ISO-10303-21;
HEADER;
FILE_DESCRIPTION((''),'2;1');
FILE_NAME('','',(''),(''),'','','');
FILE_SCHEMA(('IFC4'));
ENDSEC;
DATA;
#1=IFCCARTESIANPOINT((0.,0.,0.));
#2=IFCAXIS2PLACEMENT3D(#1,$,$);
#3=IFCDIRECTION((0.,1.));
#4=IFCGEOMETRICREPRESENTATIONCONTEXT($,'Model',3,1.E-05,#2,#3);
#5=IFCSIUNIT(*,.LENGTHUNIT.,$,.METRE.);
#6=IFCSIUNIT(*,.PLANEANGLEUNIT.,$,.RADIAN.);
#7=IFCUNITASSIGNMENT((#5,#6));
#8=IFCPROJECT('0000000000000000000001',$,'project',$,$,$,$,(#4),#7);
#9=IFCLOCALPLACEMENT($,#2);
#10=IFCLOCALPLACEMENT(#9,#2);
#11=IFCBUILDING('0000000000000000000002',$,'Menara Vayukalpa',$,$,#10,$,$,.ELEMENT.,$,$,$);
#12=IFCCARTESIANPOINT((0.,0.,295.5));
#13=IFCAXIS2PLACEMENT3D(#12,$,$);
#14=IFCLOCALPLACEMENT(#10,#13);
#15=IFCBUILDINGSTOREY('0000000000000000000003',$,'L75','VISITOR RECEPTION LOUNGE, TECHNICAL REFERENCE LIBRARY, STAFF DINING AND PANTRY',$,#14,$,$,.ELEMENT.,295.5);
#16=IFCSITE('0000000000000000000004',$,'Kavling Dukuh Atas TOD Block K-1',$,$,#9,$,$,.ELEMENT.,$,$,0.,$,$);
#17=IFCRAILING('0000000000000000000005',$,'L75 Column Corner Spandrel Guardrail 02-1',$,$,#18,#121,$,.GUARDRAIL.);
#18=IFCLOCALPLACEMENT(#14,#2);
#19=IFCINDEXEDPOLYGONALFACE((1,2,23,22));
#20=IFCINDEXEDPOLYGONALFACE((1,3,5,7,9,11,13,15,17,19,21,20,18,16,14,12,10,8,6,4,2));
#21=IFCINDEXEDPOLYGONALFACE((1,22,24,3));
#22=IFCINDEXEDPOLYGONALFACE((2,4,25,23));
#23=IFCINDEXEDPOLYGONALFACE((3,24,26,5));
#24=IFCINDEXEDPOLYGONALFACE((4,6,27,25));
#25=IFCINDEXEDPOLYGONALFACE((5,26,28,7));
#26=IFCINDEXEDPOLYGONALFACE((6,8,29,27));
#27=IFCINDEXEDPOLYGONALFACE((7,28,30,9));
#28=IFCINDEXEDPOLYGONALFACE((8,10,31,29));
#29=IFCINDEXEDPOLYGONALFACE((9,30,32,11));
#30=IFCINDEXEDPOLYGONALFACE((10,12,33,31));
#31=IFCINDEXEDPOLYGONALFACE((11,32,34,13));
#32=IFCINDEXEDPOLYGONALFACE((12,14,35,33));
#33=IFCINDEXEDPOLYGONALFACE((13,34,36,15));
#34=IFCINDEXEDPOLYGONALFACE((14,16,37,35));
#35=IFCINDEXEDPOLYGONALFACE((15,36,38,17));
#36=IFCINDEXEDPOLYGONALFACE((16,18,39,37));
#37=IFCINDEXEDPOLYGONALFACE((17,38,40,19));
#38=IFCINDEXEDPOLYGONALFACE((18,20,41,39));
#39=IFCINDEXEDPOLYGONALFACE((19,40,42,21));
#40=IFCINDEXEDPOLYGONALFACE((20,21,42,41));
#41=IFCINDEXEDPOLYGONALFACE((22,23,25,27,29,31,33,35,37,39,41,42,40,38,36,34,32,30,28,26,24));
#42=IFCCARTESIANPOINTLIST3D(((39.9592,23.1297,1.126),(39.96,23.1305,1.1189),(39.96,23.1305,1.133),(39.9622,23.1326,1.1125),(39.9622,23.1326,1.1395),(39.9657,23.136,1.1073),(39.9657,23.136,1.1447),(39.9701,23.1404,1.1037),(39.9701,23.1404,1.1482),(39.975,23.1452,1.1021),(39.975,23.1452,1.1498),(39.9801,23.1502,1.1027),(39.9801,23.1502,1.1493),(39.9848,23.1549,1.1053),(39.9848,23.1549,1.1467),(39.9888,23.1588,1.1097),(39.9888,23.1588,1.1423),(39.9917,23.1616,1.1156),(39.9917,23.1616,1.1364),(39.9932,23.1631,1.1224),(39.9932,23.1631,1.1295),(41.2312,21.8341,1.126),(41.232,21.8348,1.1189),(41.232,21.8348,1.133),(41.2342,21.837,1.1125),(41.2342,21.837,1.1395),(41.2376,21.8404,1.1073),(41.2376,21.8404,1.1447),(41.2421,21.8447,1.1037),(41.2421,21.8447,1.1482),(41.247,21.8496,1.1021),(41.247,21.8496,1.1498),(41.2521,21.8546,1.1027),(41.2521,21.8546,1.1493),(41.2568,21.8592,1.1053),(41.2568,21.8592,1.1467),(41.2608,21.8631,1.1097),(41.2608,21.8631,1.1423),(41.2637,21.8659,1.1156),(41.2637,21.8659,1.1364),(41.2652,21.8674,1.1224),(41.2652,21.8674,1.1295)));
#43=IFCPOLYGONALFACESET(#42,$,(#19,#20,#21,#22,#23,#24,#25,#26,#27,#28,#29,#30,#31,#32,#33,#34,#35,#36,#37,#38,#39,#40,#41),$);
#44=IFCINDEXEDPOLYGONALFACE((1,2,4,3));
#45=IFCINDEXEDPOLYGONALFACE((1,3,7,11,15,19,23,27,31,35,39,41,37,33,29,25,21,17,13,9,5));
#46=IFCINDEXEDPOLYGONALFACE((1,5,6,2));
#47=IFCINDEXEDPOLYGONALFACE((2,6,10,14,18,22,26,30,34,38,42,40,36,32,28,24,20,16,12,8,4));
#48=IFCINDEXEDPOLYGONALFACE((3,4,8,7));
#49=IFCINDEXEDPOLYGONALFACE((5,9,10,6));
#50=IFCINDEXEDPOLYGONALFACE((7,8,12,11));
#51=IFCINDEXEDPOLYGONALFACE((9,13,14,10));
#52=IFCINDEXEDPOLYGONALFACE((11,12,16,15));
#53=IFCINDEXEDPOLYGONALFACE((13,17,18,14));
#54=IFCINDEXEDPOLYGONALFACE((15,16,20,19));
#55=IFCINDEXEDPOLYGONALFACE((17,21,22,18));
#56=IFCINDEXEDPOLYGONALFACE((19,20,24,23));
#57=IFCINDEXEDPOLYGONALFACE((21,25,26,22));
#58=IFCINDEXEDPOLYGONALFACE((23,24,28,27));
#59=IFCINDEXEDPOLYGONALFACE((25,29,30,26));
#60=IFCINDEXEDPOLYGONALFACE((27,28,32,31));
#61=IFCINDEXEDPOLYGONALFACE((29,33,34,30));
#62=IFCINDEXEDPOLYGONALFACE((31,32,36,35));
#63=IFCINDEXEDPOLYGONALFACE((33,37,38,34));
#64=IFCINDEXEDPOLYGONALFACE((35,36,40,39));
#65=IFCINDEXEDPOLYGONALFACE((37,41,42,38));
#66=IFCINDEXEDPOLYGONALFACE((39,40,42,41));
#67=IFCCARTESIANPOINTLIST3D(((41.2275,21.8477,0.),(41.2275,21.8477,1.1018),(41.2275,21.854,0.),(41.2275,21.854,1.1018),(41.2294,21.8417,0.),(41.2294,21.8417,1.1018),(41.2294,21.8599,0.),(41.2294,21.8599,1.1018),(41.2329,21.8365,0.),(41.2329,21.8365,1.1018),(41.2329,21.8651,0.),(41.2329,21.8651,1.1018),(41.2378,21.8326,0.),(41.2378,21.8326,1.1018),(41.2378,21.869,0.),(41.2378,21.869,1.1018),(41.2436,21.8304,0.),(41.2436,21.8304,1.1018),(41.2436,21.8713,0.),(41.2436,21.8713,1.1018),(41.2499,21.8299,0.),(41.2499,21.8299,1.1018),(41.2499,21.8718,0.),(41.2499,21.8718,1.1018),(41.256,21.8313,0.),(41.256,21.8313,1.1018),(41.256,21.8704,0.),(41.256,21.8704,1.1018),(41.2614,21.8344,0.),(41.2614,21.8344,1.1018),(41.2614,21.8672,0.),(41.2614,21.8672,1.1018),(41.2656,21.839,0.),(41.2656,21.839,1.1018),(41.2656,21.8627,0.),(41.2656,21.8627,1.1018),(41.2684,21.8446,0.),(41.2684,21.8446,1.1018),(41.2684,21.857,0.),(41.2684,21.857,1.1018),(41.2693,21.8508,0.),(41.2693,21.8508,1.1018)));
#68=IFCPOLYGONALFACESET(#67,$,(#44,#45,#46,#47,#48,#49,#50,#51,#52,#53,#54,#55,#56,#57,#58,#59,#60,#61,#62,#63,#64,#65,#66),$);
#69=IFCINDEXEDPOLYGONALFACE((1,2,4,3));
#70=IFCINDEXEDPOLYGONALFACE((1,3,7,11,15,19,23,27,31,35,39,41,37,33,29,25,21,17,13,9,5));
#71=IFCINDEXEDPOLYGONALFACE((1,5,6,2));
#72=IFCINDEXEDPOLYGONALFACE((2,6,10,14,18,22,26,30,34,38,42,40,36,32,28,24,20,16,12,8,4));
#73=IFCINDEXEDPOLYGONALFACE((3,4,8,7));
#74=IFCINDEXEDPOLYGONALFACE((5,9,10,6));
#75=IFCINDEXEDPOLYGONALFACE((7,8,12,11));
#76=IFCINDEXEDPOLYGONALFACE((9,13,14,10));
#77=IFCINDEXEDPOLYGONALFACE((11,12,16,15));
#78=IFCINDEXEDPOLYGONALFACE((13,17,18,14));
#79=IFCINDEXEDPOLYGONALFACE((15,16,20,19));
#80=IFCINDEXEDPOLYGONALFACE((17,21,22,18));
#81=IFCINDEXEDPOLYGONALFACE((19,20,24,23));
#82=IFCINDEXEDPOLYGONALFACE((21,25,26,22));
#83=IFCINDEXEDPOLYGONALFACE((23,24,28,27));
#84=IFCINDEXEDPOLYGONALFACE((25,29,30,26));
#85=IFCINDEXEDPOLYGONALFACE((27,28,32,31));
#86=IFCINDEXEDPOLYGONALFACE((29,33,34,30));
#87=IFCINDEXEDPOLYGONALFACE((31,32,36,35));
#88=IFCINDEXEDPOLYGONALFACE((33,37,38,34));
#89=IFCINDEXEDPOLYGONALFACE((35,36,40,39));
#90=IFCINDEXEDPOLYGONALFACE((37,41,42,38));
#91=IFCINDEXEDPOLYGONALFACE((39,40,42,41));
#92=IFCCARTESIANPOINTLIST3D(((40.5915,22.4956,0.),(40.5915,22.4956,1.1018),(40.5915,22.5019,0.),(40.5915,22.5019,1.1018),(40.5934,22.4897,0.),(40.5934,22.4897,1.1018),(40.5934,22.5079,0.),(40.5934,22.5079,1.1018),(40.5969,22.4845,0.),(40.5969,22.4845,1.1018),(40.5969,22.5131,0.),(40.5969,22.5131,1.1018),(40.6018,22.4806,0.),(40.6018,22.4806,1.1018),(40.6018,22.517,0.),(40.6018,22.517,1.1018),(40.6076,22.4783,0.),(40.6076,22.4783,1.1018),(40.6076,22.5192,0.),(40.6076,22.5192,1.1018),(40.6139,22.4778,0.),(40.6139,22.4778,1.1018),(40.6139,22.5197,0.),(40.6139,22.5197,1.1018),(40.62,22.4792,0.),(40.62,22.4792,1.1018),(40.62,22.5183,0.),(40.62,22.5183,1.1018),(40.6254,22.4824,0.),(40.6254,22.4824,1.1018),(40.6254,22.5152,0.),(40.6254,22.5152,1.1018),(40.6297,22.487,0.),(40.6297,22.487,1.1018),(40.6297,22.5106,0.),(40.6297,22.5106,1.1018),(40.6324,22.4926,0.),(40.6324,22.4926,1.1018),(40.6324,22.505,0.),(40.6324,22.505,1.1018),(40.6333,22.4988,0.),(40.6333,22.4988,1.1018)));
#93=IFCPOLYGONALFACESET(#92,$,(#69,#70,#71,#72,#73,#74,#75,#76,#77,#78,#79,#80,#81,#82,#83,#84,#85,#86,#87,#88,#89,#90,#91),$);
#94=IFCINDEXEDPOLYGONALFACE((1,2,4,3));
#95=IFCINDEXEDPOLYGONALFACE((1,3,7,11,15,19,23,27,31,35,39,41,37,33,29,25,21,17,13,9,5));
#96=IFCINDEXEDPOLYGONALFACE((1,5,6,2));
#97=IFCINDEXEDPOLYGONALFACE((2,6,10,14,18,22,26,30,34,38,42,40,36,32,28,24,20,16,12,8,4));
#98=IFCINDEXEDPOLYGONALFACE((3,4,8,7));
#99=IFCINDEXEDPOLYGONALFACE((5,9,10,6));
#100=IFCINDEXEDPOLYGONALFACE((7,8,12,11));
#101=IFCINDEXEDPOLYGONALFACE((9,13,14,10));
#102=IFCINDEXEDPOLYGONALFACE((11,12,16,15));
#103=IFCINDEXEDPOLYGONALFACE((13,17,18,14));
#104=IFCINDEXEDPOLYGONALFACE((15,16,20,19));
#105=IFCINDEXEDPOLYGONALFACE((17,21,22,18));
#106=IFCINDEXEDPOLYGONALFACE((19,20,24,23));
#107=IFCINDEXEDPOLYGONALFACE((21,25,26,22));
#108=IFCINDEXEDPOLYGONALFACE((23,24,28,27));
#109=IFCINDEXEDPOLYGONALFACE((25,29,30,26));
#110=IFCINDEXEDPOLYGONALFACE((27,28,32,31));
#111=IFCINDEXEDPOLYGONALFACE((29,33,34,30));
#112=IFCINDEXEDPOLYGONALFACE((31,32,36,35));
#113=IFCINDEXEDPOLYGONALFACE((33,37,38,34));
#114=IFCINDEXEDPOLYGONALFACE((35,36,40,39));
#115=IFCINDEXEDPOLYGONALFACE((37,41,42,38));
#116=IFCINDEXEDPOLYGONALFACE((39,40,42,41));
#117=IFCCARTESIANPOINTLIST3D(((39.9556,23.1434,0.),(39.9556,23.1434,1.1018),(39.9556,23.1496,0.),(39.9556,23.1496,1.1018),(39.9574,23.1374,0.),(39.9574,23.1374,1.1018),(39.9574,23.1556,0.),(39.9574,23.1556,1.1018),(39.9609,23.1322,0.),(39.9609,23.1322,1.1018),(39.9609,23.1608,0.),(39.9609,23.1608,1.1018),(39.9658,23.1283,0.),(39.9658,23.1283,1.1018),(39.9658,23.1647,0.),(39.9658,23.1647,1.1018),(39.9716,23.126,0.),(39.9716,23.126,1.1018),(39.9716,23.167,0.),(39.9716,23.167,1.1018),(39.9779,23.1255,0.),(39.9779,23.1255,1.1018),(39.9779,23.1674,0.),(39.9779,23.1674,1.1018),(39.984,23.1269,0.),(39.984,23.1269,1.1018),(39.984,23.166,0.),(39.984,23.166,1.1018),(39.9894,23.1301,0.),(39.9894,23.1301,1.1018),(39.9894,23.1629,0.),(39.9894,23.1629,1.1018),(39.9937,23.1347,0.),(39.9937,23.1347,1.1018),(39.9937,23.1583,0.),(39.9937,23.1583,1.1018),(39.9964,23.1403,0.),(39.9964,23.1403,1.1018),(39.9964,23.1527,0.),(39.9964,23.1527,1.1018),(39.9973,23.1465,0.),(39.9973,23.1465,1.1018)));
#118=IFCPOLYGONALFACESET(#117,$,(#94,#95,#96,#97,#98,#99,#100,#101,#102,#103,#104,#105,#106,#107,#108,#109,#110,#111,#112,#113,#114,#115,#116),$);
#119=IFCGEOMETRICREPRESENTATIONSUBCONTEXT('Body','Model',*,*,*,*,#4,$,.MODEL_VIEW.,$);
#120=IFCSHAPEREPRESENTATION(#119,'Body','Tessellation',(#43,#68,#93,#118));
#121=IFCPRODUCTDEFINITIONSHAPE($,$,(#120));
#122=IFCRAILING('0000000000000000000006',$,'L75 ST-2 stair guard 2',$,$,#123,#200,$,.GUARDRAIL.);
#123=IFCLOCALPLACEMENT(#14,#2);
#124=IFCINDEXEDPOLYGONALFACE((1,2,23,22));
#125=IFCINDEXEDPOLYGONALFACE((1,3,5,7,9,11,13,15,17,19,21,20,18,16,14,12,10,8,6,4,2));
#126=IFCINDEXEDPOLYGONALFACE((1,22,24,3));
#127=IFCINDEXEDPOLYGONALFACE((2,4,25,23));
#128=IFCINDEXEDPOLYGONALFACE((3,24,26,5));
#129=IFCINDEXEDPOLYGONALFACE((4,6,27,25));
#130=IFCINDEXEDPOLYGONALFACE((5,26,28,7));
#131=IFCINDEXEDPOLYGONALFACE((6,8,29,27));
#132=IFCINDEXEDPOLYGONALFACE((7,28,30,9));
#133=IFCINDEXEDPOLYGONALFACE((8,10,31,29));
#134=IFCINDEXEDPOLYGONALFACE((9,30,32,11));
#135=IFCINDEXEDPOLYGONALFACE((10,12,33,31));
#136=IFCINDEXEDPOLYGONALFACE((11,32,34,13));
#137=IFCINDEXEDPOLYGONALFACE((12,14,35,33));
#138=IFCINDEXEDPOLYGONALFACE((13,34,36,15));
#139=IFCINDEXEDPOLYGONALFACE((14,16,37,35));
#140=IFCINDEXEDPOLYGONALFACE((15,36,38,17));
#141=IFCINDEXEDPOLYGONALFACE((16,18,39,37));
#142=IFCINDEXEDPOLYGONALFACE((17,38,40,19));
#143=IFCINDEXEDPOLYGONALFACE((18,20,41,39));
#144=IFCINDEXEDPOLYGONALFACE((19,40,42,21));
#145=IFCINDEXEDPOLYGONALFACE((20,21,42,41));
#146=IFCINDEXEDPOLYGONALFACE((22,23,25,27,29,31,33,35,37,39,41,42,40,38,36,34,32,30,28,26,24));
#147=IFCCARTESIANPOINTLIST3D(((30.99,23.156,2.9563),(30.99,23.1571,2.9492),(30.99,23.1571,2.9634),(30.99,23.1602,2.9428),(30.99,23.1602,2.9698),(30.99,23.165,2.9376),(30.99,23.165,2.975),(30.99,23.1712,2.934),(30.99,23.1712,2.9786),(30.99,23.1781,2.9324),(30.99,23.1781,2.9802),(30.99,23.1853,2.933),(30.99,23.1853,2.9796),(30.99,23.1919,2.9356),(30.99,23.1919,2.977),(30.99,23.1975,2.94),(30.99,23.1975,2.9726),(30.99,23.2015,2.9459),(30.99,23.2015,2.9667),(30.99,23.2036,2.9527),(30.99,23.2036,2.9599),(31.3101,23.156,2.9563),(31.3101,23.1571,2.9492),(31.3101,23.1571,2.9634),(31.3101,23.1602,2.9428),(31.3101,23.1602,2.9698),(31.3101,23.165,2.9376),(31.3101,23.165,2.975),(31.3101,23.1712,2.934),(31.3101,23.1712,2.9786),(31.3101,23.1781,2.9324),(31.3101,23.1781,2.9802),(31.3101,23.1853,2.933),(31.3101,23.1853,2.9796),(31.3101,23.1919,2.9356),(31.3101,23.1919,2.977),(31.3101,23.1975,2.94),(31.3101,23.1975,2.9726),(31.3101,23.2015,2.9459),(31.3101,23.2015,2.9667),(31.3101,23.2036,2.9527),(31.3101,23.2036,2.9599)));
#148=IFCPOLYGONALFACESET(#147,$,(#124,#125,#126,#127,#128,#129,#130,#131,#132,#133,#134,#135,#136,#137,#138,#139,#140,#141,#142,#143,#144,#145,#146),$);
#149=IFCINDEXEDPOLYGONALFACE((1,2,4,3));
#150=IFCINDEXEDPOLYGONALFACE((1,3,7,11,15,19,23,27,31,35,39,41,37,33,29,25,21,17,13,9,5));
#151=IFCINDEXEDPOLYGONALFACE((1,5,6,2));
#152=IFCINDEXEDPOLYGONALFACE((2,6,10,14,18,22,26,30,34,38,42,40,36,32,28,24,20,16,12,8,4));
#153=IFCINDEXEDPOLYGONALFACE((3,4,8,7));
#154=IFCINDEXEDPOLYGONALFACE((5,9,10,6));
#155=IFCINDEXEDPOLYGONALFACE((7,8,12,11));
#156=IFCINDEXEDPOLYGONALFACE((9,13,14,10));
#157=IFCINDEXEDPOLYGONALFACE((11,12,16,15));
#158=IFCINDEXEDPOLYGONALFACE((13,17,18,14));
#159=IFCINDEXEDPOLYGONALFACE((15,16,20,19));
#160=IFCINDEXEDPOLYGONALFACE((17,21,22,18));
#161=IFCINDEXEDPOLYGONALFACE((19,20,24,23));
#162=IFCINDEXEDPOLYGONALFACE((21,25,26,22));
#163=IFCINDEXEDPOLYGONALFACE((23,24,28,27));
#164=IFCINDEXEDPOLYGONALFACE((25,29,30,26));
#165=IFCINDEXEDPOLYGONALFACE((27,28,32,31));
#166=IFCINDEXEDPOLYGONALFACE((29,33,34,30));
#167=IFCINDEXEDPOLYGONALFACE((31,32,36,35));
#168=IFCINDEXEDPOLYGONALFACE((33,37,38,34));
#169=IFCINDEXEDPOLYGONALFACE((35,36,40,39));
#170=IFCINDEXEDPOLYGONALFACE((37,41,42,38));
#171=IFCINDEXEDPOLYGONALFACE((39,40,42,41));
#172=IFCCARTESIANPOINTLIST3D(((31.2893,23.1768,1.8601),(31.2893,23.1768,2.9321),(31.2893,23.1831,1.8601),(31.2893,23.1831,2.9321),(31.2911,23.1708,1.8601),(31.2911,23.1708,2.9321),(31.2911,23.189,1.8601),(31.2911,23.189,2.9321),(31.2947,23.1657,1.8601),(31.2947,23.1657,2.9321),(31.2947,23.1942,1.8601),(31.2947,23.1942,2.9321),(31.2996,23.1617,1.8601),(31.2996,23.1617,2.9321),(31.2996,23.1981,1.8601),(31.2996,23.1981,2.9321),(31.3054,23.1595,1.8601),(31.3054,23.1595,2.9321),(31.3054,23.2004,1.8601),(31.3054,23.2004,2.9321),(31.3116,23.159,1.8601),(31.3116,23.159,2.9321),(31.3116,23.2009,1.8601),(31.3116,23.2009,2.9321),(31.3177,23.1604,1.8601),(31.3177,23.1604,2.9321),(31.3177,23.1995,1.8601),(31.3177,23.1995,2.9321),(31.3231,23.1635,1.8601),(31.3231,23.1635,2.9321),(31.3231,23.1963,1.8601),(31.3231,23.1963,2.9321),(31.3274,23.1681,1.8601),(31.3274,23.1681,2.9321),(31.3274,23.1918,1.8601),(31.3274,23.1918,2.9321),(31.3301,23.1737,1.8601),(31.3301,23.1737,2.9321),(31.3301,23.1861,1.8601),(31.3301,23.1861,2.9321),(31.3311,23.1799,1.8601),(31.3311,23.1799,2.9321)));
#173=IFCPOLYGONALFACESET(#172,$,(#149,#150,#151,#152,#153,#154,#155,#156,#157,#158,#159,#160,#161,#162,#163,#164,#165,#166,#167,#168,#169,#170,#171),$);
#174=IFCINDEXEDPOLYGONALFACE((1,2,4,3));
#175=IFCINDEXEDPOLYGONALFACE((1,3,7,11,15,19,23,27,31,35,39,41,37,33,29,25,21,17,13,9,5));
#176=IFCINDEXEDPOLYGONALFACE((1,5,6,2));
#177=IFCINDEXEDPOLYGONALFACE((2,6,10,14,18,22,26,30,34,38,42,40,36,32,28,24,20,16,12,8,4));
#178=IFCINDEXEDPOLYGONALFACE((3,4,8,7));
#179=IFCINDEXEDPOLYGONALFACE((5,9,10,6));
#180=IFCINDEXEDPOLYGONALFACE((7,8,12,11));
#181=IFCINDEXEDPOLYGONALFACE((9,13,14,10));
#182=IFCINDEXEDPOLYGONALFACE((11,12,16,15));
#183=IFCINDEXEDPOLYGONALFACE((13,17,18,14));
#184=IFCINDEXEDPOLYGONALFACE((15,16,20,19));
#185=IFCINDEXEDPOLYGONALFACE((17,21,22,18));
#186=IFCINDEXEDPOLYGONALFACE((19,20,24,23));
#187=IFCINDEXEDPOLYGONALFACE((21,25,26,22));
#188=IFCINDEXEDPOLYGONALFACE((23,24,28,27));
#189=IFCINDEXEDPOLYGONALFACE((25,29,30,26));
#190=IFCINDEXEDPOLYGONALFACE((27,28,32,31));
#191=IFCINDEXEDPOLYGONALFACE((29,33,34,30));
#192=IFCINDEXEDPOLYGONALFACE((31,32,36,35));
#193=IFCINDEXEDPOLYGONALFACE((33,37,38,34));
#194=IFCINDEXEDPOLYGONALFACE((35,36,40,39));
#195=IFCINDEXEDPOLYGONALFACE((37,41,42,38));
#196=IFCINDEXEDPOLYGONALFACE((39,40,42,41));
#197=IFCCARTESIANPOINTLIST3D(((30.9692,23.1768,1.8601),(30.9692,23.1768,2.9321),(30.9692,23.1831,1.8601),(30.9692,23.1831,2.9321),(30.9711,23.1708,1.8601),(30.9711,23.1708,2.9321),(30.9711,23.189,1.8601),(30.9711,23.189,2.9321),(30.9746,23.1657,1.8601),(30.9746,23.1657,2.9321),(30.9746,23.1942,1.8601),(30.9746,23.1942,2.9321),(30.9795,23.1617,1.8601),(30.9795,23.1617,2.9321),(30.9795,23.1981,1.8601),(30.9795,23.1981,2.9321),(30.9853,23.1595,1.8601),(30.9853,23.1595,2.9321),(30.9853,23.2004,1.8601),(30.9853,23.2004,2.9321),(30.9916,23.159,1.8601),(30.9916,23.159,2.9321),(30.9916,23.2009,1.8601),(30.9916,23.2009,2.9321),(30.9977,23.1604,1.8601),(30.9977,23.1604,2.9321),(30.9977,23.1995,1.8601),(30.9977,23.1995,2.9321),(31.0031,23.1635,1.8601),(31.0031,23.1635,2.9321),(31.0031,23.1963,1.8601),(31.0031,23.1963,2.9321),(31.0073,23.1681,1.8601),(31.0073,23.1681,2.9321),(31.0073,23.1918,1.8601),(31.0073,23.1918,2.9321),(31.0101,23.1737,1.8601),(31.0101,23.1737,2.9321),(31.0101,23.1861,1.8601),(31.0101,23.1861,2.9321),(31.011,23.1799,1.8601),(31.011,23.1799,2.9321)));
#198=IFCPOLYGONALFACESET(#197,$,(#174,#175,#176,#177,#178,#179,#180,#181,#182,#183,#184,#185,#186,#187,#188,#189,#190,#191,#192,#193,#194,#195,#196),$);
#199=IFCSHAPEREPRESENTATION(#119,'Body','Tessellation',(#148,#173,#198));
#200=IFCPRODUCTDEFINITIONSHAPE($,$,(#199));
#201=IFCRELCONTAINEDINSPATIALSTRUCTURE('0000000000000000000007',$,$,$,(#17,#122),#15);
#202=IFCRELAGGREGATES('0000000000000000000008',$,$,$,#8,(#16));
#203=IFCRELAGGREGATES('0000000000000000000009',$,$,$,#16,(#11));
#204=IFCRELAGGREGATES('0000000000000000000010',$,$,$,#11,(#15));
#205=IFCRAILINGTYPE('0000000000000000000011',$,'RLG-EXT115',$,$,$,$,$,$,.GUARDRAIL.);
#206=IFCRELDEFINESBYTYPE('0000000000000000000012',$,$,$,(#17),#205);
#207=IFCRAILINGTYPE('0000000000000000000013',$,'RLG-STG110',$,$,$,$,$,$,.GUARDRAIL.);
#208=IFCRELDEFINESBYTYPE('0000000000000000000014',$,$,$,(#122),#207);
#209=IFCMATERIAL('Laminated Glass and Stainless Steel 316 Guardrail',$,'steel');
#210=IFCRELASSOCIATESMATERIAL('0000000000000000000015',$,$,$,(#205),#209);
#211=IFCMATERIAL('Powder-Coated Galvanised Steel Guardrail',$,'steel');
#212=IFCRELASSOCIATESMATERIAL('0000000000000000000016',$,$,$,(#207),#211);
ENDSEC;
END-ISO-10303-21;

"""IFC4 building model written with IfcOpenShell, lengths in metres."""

from ifc_helpers import new_model, si_unit, direction, frame, origin, origin_2d, place, context, subcontext, project, spatial, circle, extrude, material, type_object, element, save


model = new_model("IFC4")

# Units and contexts
model_context = context("Model", 3, precision=1e-05, world=origin(), true_north=direction((0.0, 1.0)))
body_context = subcontext(model_context, "Body", "Model", "MODEL_VIEW")
ifc_project = project(units=[si_unit("LENGTHUNIT", "METRE"), si_unit("PLANEANGLEUNIT", "RADIAN")], contexts=[model_context])

# Site, building, storey
site_placement = place(None, origin())
site = spatial("IfcSite", under=ifc_project, at=site_placement, Name="Kavling Dukuh Atas TOD Block K-1", CompositionType="ELEMENT", RefElevation=0.0)
building_placement = place(site_placement, origin())
building = spatial("IfcBuilding", under=site, at=building_placement, Name="Menara Vayukalpa", CompositionType="ELEMENT")
storey_placement = place(building_placement, frame((0.0, 0.0, 295.5)))
storey = spatial("IfcBuildingStorey", under=building, at=storey_placement, Name="L75", Description="VISITOR RECEPTION LOUNGE, TECHNICAL REFERENCE LIBRARY, STAFF DINING AND PANTRY", CompositionType="ELEMENT", Elevation=295.5)

# Railings
ifc_material_1 = material(Name="Laminated Glass and Stainless Steel 316 Guardrail", Category="steel")
railing_type_1 = type_object("IfcRailingType", Name="RLG-EXT115", PredefinedType="GUARDRAIL", material=ifc_material_1)
railing_1_placement = place(storey_placement, frame((41.2483, 21.8508, 0.0)))
element("IfcRailing", 1, at=railing_1_placement, inside=storey, type_object=railing_type_1, Name="L75 Column Corner Spandrel Guardrail 02-1", PredefinedType="GUARDRAIL", context=body_context, shape_type="SweptSolid", body=[
    extrude(circle(Radius=0.0239, at=origin_2d()), frame((0.0, 0.0, 1.126), z_axis=(-0.700555, 0.713598, 0.0), x_axis=(-0.713598, -0.700555, 0.0)), (0.0, 0.0, 1.0), 1.8157),
    extrude(circle(Radius=0.021, at=origin_2d()), origin(), (0.0, 0.0, 1.0), 1.1018),
    extrude(circle(Radius=0.021, at=origin_2d()), frame((-0.636, 0.6479, 0.0)), (0.0, 0.0, 1.0), 1.1018),
    extrude(circle(Radius=0.021, at=origin_2d()), frame((-1.272, 1.2957, 0.0)), (0.0, 0.0, 1.0), 1.1018),
])
ifc_material_2 = material(Name="Powder-Coated Galvanised Steel Guardrail", Category="steel")
railing_type_2 = type_object("IfcRailingType", Name="RLG-STG110", PredefinedType="GUARDRAIL", material=ifc_material_2)
railing_2_placement = place(storey_placement, frame((31.3101, 23.1799, 1.8601)))
element("IfcRailing", 2, at=railing_2_placement, inside=storey, type_object=railing_type_2, Name="L75 ST-2 stair guard 2", PredefinedType="GUARDRAIL", context=body_context, shape_type="SweptSolid", body=[
    extrude(circle(Radius=0.0239, at=origin_2d()), frame((0.0, 0.0, 1.0962), z_axis=(-1.0, 0.0, 0.0), x_axis=(0.0, -1.0, 0.0)), (0.0, 0.0, 1.0), 0.3201),
    extrude(circle(Radius=0.021, at=origin_2d()), origin(), (0.0, 0.0, 1.0), 1.072),
    extrude(circle(Radius=0.021, at=origin_2d()), frame((-0.3201, 0.0, 0.0)), (0.0, 0.0, 1.0), 1.072),
])

save(model, "model.ifc")
